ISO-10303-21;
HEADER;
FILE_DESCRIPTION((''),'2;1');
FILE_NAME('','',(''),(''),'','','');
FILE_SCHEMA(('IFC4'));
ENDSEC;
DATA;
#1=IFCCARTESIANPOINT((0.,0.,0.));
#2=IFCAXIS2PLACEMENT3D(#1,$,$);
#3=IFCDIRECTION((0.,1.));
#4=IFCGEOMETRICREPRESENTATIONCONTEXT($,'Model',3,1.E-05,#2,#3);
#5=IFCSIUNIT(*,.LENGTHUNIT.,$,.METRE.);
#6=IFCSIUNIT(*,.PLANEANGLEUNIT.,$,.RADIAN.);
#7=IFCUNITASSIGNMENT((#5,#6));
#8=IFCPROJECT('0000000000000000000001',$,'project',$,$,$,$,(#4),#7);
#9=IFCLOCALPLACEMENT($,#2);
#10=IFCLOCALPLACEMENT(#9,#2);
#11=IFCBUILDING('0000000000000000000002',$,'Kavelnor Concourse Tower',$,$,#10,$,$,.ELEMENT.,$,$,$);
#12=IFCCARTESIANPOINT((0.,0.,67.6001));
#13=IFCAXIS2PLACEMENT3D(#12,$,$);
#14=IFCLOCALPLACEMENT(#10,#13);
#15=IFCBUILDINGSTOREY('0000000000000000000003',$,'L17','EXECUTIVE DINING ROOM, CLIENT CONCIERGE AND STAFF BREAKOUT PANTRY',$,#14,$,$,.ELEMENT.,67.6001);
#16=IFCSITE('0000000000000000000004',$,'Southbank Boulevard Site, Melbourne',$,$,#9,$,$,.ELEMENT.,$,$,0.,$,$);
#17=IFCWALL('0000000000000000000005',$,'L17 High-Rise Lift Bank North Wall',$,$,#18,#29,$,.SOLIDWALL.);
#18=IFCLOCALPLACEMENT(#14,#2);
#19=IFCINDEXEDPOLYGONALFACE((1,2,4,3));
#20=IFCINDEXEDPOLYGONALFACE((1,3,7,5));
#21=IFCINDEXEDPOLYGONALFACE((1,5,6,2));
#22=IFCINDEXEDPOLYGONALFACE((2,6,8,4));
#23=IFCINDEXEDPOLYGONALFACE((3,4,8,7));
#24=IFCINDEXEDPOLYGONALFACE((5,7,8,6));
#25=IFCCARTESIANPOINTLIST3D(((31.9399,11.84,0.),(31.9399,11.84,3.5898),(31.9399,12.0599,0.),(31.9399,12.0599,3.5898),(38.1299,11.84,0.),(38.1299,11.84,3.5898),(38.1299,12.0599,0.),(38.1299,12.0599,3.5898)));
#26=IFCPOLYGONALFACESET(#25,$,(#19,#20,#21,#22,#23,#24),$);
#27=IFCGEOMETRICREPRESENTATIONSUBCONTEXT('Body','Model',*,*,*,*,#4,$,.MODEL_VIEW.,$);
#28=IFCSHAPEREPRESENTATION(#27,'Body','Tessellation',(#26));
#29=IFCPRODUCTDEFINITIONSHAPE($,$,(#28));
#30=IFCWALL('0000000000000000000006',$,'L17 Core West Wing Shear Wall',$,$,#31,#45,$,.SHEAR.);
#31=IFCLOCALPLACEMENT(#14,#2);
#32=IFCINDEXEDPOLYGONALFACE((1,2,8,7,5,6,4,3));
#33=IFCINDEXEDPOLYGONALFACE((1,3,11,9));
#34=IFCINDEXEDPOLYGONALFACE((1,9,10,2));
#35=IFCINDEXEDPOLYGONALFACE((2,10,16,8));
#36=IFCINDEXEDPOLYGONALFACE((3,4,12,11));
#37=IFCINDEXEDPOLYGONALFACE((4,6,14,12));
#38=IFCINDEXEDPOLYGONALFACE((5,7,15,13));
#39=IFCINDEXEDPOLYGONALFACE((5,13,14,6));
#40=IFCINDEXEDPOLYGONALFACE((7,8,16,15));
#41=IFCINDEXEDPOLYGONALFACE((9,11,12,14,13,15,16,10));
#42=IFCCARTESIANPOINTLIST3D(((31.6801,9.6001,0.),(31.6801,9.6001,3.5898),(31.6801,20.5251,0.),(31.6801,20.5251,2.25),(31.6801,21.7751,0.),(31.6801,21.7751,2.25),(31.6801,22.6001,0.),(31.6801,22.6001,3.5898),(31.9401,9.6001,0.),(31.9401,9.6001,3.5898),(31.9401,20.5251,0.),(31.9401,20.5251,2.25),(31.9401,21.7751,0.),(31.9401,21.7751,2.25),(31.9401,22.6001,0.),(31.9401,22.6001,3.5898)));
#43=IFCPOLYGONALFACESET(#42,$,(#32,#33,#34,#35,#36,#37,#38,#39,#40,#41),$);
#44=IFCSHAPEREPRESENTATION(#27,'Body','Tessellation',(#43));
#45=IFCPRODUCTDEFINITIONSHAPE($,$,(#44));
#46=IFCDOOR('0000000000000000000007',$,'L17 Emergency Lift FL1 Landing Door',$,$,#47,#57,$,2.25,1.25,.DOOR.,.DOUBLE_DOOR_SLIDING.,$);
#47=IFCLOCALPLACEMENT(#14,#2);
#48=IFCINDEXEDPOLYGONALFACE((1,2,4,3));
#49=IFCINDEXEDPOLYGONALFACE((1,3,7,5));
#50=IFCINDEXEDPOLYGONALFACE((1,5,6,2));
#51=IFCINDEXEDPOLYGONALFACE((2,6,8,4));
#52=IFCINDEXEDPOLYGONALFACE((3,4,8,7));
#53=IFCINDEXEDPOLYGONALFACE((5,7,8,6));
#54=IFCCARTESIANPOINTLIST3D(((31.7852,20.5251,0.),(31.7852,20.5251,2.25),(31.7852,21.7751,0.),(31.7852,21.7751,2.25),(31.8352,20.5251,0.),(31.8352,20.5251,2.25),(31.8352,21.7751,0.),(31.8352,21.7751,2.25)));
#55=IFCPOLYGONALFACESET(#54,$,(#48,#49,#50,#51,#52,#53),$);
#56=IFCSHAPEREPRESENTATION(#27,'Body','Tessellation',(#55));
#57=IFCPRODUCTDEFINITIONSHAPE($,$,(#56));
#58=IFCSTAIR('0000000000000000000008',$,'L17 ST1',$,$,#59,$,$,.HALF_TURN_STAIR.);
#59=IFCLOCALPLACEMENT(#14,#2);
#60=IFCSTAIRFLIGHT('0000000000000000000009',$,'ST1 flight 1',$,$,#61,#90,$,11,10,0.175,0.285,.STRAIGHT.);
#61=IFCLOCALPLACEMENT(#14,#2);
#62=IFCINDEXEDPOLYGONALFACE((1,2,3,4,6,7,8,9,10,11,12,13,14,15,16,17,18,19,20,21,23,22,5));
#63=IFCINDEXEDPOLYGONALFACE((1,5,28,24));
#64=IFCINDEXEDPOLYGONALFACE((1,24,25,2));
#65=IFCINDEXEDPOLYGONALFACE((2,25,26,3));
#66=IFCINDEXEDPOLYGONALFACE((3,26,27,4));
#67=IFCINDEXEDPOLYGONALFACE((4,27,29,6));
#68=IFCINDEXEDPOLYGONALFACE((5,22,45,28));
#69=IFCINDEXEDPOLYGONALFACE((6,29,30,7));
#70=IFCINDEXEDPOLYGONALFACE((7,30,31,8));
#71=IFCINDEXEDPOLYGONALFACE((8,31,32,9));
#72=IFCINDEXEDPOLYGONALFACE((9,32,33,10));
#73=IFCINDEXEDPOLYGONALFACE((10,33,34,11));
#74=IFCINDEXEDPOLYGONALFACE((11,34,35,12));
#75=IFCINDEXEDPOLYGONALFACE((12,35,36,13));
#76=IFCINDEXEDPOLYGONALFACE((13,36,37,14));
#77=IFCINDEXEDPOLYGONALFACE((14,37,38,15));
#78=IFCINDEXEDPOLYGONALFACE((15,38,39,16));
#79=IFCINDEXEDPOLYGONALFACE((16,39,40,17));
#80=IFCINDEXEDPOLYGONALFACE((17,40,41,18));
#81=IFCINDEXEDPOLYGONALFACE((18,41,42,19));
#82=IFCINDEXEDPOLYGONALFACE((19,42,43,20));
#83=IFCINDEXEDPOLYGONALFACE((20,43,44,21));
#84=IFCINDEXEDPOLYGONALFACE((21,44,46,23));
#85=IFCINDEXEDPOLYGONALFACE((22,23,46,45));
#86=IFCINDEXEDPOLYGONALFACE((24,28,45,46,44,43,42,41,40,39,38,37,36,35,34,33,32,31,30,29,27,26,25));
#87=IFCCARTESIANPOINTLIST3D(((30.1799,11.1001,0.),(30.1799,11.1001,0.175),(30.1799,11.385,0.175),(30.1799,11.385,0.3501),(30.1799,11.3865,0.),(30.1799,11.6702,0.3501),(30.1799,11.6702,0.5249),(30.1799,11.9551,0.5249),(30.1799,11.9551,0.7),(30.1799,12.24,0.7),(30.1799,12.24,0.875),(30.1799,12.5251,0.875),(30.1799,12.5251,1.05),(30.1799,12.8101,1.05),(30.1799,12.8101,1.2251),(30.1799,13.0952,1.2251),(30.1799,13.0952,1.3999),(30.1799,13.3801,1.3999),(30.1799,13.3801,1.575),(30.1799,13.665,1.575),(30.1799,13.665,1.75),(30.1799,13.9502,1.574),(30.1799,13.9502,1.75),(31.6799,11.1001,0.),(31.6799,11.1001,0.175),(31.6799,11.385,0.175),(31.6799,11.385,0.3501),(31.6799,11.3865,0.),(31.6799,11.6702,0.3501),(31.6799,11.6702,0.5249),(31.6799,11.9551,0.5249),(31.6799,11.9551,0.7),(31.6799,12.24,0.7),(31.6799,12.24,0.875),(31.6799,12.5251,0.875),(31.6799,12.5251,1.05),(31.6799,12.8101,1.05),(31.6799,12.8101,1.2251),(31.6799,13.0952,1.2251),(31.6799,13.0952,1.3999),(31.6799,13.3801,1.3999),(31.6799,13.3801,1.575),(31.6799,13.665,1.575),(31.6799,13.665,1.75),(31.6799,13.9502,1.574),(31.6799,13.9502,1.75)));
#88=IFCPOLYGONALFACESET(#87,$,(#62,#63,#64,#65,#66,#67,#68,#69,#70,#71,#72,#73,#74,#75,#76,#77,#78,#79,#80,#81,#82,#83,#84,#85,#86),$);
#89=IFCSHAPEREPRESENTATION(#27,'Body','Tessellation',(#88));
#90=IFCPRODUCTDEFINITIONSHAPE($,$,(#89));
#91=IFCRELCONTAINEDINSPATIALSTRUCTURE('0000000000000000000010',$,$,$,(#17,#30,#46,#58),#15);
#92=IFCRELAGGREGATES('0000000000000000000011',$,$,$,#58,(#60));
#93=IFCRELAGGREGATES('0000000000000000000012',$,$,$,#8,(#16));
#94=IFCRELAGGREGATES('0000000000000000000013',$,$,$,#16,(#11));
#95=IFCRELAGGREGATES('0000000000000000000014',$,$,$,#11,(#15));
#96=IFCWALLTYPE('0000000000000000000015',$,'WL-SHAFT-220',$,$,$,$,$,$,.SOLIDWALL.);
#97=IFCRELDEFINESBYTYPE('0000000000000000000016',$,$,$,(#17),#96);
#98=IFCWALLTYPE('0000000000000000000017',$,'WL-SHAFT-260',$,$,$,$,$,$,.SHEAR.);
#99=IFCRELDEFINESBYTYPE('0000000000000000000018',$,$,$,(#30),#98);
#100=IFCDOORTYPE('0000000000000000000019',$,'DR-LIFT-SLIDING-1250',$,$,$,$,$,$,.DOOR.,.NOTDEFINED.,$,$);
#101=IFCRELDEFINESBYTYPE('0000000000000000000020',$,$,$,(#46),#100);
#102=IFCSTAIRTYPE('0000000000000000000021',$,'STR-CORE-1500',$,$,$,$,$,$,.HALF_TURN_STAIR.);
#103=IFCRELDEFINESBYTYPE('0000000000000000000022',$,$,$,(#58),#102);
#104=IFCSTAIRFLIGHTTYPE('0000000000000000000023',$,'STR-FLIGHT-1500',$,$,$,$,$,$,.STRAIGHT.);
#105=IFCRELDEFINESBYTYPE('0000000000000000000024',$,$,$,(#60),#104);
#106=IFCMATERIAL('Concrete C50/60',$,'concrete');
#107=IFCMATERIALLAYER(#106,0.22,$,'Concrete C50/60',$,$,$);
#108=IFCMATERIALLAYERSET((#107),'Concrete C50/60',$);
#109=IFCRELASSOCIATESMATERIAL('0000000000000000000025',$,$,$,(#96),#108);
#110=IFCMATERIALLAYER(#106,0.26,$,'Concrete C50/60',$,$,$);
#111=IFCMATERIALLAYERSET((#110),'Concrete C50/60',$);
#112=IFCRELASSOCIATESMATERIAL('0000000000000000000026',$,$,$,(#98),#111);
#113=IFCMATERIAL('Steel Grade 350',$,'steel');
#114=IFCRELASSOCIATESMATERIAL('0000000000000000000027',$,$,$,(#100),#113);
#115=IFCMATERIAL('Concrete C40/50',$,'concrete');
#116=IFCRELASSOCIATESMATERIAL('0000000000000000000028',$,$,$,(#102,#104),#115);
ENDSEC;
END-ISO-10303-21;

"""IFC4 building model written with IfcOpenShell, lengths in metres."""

from ifc_helpers import new_model, si_unit, direction, frame, frame_2d, origin, place, context, subcontext, project, spatial, polyline, rectangle, outline, extrude, material, layer, layer_set, type_object, element, fill, aggregate, save


model = new_model("IFC4")

# Units and contexts
model_context = context("Model", 3, precision=1e-05, world=origin(), true_north=direction((0.0, 1.0)))
body_context = subcontext(model_context, "Body", "Model", "MODEL_VIEW")
ifc_project = project(units=[si_unit("LENGTHUNIT", "METRE"), si_unit("PLANEANGLEUNIT", "RADIAN")], contexts=[model_context])

# Site, building, storey
site_placement = place(None, origin())
site = spatial("IfcSite", under=ifc_project, at=site_placement, Name="Southbank Boulevard Site, Melbourne", CompositionType="ELEMENT", RefElevation=0.0)
building_placement = place(site_placement, origin())
building = spatial("IfcBuilding", under=site, at=building_placement, Name="Kavelnor Concourse Tower", CompositionType="ELEMENT")
storey_placement = place(building_placement, frame((0.0, 0.0, 67.6001)))
storey = spatial("IfcBuildingStorey", under=building, at=storey_placement, Name="L17", Description="EXECUTIVE DINING ROOM, CLIENT CONCIERGE AND STAFF BREAKOUT PANTRY", CompositionType="ELEMENT", Elevation=67.6001)

# Shared definitions
ifc_material_1 = material(Name="Steel Grade 350", Category="steel")

# Wall
ifc_material_2 = material(Name="Concrete C50/60", Category="concrete")
ifc_layer_1 = layer(ifc_material_2, 0.22, Name="Concrete C50/60")
ifc_layer_set_1 = layer_set([ifc_layer_1], Name="Concrete C50/60")
wall_type_1 = type_object("IfcWallType", Name="WL-SHAFT-220", PredefinedType="SOLIDWALL", material=ifc_layer_set_1)
wall_1_placement = place(storey_placement, frame((31.9399, 11.95, 0.0), z_axis=(0.0, 0.0, 1.0), x_axis=(1.0, 0.0, 0.0)))
element("IfcWall", 1, at=wall_1_placement, inside=storey, type_object=wall_type_1, Name="L17 High-Rise Lift Bank North Wall", PredefinedType="SOLIDWALL", context=body_context, shape_type="SweptSolid", body=[
    extrude(rectangle(XDim=6.1899, YDim=0.22, at=frame_2d((3.095, 0.0))), origin(), (0.0, 0.0, 1.0), 3.5898),
])

# Wall, opening, door
ifc_layer_2 = layer(ifc_material_2, 0.26, Name="Concrete C50/60")
ifc_layer_set_2 = layer_set([ifc_layer_2], Name="Concrete C50/60")
wall_type_2 = type_object("IfcWallType", Name="WL-SHAFT-260", PredefinedType="SHEAR", material=ifc_layer_set_2)
wall_2_placement = place(storey_placement, frame((31.8101, 9.6001, 0.0), z_axis=(0.0, 0.0, 1.0), x_axis=(0.0, 1.0, 0.0)))
wall_2 = element("IfcWall", 2, at=wall_2_placement, inside=storey, type_object=wall_type_2, Name="L17 Core West Wing Shear Wall", PredefinedType="SHEAR", context=body_context, shape_type="SweptSolid", body=[
    extrude(rectangle(XDim=13.0, YDim=0.26, at=frame_2d((6.5, 0.0))), origin(), (0.0, 0.0, 1.0), 3.5898),
])
opening_1_placement = place(wall_2_placement, frame((10.925, 0.0, 0.0)))
opening_1 = element("IfcOpeningElement", 3, at=opening_1_placement, cuts=wall_2, PredefinedType="OPENING", context=body_context, shape_type="SweptSolid", body=[
    extrude(rectangle(XDim=1.25, YDim=2.25, at=frame_2d((0.625, 1.125))), frame((0.0, 0.1401, 0.0), z_axis=(0.0, -1.0, 0.0), x_axis=(1.0, 0.0, 0.0)), (0.0, 0.0, 1.0), 0.28),
])
door_type_1 = type_object("IfcDoorType", Name="DR-LIFT-SLIDING-1250", OperationType="NOTDEFINED", PredefinedType="DOOR", material=ifc_material_1)
door_1_placement = place(opening_1_placement, origin())
door_1 = element("IfcDoor", 4, at=door_1_placement, inside=storey, type_object=door_type_1, Name="L17 Emergency Lift FL1 Landing Door", OperationType="DOUBLE_DOOR_SLIDING", OverallHeight=2.25, OverallWidth=1.25, PredefinedType="DOOR", context=body_context, shape_type="SweptSolid", body=[
    extrude(rectangle(XDim=1.25, YDim=2.25, at=frame_2d((0.625, 1.125))), frame((0.0, 0.0249, 0.0), z_axis=(0.0, -1.0, 0.0), x_axis=(1.0, 0.0, 0.0)), (0.0, 0.0, 1.0), 0.05),
])
fill(opening_1, door_1)

# Stair, stair flight
ifc_material_3 = material(Name="Concrete C40/50", Category="concrete")
stair_type = type_object("IfcStairType", Name="STR-CORE-1500", PredefinedType="HALF_TURN_STAIR", material=ifc_material_3)
stair_placement = place(storey_placement, origin())
stair = element("IfcStair", 5, at=stair_placement, inside=storey, type_object=stair_type, Name="L17 ST1", PredefinedType="HALF_TURN_STAIR")
stair_flight_type = type_object("IfcStairFlightType", Name="STR-FLIGHT-1500", PredefinedType="STRAIGHT", material=ifc_material_3)
stair_flight_placement = place(storey_placement, frame((30.9299, 11.1001, 0.0), z_axis=(0.0, 0.0, 1.0), x_axis=(0.0, 1.0, 0.0)))
stair_flight = element("IfcStairFlight", 6, at=stair_flight_placement, type_object=stair_flight_type, Name="ST1 flight 1", NumberOfRisers=11, NumberOfTreads=10, PredefinedType="STRAIGHT", RiserHeight=0.175, TreadLength=0.285, context=body_context, shape_type="SweptSolid", body=[
    extrude(outline(polyline([(0.0, 0.0), (0.0, 0.175), (0.2849, 0.175), (0.2849, 0.3501), (0.5701, 0.3501), (0.5701, 0.5249), (0.855, 0.5249), (0.855, 0.7), (1.1399, 0.7), (1.1399, 0.875), (1.425, 0.875), (1.425, 1.05), (1.71, 1.05), (1.71, 1.2251), (1.9951, 1.2251), (1.9951, 1.3999), (2.28, 1.3999), (2.28, 1.575), (2.5649, 1.575), (2.5649, 1.75), (2.8501, 1.75), (2.8501, 1.925), (2.8501, 1.574), (0.2864, 0.0), (0.0, 0.0)])), frame((0.0, 0.75, 0.0), z_axis=(0.0, -1.0, 0.0), x_axis=(1.0, 0.0, 0.0)), (0.0, 0.0, 1.0), 1.5),
])
aggregate(stair, [stair_flight])

save(model, "model.ifc")
